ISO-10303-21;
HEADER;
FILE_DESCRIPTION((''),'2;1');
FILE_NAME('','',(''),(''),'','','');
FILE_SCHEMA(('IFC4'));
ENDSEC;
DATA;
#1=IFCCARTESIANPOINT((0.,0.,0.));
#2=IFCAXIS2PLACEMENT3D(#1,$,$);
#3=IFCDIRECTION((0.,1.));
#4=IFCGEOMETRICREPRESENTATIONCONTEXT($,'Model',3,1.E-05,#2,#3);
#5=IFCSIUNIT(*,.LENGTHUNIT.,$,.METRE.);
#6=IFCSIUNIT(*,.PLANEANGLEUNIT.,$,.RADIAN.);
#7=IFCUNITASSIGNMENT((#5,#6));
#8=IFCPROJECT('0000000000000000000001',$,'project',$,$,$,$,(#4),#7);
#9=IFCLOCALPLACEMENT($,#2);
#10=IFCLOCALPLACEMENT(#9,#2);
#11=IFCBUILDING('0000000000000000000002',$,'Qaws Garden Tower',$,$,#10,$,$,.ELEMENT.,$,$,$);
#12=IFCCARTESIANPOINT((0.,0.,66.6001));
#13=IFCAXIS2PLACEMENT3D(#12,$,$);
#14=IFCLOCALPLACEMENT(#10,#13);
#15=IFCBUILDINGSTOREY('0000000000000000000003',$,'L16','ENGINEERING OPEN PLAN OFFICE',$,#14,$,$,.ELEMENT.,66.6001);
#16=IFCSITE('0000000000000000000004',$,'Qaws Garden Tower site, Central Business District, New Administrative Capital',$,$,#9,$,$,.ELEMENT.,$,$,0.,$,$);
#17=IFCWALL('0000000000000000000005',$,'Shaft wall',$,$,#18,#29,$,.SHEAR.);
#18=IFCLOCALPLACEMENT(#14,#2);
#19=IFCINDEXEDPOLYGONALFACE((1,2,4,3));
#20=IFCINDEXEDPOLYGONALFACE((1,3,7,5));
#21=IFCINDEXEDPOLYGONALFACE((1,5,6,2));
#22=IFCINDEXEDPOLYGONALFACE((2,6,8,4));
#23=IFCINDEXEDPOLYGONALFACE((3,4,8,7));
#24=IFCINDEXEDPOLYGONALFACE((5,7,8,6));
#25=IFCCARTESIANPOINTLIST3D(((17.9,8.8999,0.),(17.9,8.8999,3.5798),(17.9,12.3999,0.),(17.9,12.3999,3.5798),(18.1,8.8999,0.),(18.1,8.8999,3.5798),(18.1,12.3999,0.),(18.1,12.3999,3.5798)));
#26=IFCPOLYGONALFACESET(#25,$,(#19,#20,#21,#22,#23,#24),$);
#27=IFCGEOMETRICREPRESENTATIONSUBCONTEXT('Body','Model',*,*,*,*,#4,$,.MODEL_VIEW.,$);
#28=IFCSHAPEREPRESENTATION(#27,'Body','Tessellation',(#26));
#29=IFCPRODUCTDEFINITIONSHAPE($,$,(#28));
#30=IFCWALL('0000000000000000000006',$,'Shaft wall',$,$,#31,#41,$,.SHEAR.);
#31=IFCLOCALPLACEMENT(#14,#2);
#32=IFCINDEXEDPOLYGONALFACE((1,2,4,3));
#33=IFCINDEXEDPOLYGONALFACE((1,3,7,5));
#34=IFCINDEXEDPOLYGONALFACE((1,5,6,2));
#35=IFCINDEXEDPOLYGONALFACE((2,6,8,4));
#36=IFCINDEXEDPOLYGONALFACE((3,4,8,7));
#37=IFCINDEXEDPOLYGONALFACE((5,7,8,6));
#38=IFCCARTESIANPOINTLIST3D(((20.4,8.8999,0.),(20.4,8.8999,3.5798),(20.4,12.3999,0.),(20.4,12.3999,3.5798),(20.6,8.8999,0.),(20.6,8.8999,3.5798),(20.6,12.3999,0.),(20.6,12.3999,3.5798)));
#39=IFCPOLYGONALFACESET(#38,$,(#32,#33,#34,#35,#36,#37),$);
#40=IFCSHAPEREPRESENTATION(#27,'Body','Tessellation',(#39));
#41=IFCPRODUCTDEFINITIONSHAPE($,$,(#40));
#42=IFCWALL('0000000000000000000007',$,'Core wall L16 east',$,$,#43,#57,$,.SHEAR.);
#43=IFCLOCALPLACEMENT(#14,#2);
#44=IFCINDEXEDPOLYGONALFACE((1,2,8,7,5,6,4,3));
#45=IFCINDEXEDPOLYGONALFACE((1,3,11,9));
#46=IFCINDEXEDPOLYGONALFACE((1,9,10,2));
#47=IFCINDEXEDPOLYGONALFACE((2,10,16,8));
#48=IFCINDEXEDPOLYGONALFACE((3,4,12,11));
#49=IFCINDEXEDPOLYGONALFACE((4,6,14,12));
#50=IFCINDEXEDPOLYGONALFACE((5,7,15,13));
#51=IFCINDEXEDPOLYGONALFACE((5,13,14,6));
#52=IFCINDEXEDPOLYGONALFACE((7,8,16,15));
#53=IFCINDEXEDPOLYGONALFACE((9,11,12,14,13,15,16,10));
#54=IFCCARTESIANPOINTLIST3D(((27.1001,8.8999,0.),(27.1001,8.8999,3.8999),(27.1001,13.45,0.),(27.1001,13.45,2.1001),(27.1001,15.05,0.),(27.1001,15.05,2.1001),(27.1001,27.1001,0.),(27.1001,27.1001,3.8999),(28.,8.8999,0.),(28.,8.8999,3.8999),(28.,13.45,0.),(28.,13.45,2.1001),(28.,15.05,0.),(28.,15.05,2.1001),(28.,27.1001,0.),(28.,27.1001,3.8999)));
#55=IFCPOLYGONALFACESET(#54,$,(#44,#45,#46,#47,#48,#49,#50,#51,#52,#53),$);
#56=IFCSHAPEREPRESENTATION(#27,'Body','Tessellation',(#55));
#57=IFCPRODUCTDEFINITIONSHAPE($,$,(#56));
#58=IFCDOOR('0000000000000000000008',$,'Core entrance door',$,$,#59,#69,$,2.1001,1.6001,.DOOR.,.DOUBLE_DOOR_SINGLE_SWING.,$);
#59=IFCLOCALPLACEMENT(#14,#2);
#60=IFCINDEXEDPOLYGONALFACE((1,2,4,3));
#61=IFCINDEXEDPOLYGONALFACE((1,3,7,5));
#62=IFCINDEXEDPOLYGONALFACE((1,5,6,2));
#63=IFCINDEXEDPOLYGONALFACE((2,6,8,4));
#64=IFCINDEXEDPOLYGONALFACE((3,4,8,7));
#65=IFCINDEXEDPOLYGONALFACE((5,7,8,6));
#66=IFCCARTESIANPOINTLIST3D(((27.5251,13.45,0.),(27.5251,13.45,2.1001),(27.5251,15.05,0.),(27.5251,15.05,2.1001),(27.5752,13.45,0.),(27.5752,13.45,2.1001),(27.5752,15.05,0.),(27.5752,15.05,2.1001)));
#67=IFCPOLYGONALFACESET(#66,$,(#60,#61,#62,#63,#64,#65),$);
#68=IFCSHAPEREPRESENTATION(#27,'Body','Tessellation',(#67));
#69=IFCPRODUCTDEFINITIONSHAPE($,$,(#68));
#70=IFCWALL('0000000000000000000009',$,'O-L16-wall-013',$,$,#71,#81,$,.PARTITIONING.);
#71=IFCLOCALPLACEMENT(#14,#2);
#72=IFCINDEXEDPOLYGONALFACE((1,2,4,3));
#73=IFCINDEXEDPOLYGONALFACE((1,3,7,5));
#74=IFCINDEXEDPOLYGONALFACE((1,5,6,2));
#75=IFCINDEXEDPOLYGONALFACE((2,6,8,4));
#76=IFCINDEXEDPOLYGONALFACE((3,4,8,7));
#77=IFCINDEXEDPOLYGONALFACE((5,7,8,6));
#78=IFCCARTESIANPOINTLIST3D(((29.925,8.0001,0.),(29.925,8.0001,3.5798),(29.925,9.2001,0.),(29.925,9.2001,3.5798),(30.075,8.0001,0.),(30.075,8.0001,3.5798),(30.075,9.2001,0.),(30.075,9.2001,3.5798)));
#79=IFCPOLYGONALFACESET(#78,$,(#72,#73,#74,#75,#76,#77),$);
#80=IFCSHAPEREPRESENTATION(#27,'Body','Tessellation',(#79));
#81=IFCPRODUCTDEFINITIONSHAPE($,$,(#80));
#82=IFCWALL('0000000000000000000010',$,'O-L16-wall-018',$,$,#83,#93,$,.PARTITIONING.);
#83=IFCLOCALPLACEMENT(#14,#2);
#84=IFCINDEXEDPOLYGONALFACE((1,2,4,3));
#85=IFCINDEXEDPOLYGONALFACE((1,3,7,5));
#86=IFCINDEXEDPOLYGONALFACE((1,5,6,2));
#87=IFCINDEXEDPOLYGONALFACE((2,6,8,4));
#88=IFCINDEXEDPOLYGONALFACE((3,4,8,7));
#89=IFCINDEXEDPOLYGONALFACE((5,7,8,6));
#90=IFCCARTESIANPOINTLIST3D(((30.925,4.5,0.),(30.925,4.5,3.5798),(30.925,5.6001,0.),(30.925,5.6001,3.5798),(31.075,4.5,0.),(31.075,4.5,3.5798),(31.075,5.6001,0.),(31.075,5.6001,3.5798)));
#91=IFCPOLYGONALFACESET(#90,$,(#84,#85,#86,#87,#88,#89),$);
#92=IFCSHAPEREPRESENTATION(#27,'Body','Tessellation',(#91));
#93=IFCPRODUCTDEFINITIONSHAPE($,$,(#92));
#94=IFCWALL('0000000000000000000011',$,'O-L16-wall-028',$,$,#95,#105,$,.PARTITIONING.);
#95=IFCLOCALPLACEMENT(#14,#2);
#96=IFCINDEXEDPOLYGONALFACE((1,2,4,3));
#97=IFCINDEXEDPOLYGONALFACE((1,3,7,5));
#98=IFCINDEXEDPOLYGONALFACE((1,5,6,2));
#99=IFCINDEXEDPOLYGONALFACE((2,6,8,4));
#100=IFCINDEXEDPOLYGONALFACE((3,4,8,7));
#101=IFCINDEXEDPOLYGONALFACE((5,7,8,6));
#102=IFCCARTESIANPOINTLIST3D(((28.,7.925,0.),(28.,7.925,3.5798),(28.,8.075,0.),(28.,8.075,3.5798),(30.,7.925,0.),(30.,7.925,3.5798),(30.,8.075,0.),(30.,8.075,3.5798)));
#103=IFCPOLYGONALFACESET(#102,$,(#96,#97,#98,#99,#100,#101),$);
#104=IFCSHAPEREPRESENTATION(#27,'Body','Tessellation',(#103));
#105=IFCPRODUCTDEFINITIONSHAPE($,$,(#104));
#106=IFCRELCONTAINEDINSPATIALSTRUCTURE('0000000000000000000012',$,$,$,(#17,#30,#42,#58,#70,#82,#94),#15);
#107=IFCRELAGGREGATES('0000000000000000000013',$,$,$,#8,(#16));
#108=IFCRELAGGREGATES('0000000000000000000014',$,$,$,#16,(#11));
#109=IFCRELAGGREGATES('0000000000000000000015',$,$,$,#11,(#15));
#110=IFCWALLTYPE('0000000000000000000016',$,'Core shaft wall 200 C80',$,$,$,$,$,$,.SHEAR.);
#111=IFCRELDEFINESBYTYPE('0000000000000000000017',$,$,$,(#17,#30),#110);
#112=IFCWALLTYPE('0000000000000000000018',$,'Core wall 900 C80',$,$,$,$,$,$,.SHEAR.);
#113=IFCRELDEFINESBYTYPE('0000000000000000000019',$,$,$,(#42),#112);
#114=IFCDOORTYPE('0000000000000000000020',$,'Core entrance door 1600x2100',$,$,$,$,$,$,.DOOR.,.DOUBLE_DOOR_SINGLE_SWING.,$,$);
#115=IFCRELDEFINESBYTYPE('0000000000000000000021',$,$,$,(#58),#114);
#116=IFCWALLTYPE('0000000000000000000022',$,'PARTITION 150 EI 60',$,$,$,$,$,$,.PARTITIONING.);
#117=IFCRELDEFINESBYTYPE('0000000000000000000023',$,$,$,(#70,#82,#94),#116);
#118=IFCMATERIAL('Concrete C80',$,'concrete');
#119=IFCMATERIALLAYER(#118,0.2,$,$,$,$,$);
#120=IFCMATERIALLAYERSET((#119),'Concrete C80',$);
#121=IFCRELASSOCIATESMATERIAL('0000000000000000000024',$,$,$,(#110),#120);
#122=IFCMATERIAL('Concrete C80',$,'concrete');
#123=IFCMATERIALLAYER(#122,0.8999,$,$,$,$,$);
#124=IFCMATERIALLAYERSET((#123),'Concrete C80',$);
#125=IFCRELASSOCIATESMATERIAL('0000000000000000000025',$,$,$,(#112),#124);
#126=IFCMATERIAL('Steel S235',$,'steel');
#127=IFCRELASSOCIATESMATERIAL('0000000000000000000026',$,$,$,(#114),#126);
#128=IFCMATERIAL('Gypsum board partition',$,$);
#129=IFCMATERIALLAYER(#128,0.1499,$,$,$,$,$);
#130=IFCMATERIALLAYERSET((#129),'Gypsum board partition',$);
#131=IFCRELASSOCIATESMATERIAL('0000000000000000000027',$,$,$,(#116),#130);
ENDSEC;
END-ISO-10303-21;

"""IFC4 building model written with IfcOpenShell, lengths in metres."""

from ifc_helpers import new_model, si_unit, direction, frame, frame_2d, origin, place, context, subcontext, project, spatial, rectangle, extrude, material, layer, layer_set, type_object, element, fill, save


model = new_model("IFC4")

# Units and contexts
model_context = context("Model", 3, precision=1e-05, world=origin(), true_north=direction((0.0, 1.0)))
body_context = subcontext(model_context, "Body", "Model", "MODEL_VIEW")
ifc_project = project(units=[si_unit("LENGTHUNIT", "METRE"), si_unit("PLANEANGLEUNIT", "RADIAN")], contexts=[model_context])

# Site, building, storey
site_placement = place(None, origin())
site = spatial("IfcSite", under=ifc_project, at=site_placement, Name="Qaws Garden Tower site, Central Business District, New Administrative Capital", CompositionType="ELEMENT", RefElevation=0.0)
building_placement = place(site_placement, origin())
building = spatial("IfcBuilding", under=site, at=building_placement, Name="Qaws Garden Tower", CompositionType="ELEMENT")
storey_placement = place(building_placement, frame((0.0, 0.0, 66.6001)))
storey = spatial("IfcBuildingStorey", under=building, at=storey_placement, Name="L16", Description="ENGINEERING OPEN PLAN OFFICE", CompositionType="ELEMENT", Elevation=66.6001)

# Walls
ifc_material_1 = material(Name="Concrete C80", Category="concrete")
ifc_layer_1 = layer(ifc_material_1, 0.2)
ifc_layer_set_1 = layer_set([ifc_layer_1], Name="Concrete C80")
wall_type_1 = type_object("IfcWallType", Name="Core shaft wall 200 C80", PredefinedType="SHEAR", material=ifc_layer_set_1)
for number, where, z_axis, x_axis, name in (
    (1, (18.0, 8.8999, 0.0), (0.0, 0.0, 1.0), (0.0, 1.0, 0.0), "Shaft wall"),
    (2, (20.5, 8.8999, 0.0), (0.0, 0.0, 1.0), (0.0, 1.0, 0.0), "Shaft wall"),
):
    element("IfcWall", number, at=place(storey_placement, frame(where, z_axis=z_axis, x_axis=x_axis)), inside=storey, type_object=wall_type_1, Name=name, PredefinedType="SHEAR", context=body_context, shape_type="SweptSolid", body=[
        extrude(rectangle(XDim=3.5, YDim=0.2, at=frame_2d((1.75, 0.0))), origin(), (0.0, 0.0, 1.0), 3.5798),
    ])

# Wall, opening, door
ifc_material_2 = material(Name="Concrete C80", Category="concrete")
ifc_layer_2 = layer(ifc_material_2, 0.8999)
ifc_layer_set_2 = layer_set([ifc_layer_2], Name="Concrete C80")
wall_type_2 = type_object("IfcWallType", Name="Core wall 900 C80", PredefinedType="SHEAR", material=ifc_layer_set_2)
wall_1_placement = place(storey_placement, frame((27.55, 8.8999, 0.0), z_axis=(0.0, 0.0, 1.0), x_axis=(0.0, 1.0, 0.0)))
wall_1 = element("IfcWall", 3, at=wall_1_placement, inside=storey, type_object=wall_type_2, Name="Core wall L16 east", PredefinedType="SHEAR", context=body_context, shape_type="SweptSolid", body=[
    extrude(rectangle(XDim=18.2002, YDim=0.8999, at=frame_2d((9.1001, 0.0))), origin(), (0.0, 0.0, 1.0), 3.8999),
])
opening_1_placement = place(wall_1_placement, frame((4.55, 0.0, 0.0)))
opening_1 = element("IfcOpeningElement", 4, at=opening_1_placement, cuts=wall_1, PredefinedType="OPENING", context=body_context, shape_type="SweptSolid", body=[
    extrude(rectangle(XDim=1.6001, YDim=2.1001, at=frame_2d((0.8, 1.05))), frame((0.0, 0.46, 0.0), z_axis=(0.0, -1.0, 0.0), x_axis=(1.0, 0.0, 0.0)), (0.0, 0.0, 1.0), 0.9199),
])
ifc_material_3 = material(Name="Steel S235", Category="steel")
door_type = type_object("IfcDoorType", Name="Core entrance door 1600x2100", OperationType="DOUBLE_DOOR_SINGLE_SWING", PredefinedType="DOOR", material=ifc_material_3)
door_placement = place(opening_1_placement, origin())
door = element("IfcDoor", 5, at=door_placement, inside=storey, type_object=door_type, Name="Core entrance door", OperationType="DOUBLE_DOOR_SINGLE_SWING", OverallHeight=2.1001, OverallWidth=1.6001, PredefinedType="DOOR", context=body_context, shape_type="SweptSolid", body=[
    extrude(rectangle(XDim=1.6001, YDim=2.1001, at=frame_2d((0.8, 1.05))), frame((0.0, 0.0249, 0.0), z_axis=(0.0, -1.0, 0.0), x_axis=(1.0, 0.0, 0.0)), (0.0, 0.0, 1.0), 0.05),
])
fill(opening_1, door)

# Walls
ifc_material_4 = material(Name="Gypsum board partition")
ifc_layer_3 = layer(ifc_material_4, 0.1499)
ifc_layer_set_3 = layer_set([ifc_layer_3], Name="Gypsum board partition")
wall_type_3 = type_object("IfcWallType", Name="PARTITION 150 EI 60", PredefinedType="PARTITIONING", material=ifc_layer_set_3)
wall_2_placement = place(storey_placement, frame((30.0, 8.0, 0.0), z_axis=(0.0, 0.0, 1.0), x_axis=(0.0, 1.0, 0.0)))
element("IfcWall", 6, at=wall_2_placement, inside=storey, type_object=wall_type_3, Name="O-L16-wall-013", PredefinedType="PARTITIONING", context=body_context, shape_type="SweptSolid", body=[
    extrude(rectangle(XDim=1.2, YDim=0.1499, at=frame_2d((0.6001, 0.0))), origin(), (0.0, 0.0, 1.0), 3.5798),
])
wall_3_placement = place(storey_placement, frame((31.0, 4.5, 0.0), z_axis=(0.0, 0.0, 1.0), x_axis=(0.0, 1.0, 0.0)))
element("IfcWall", 7, at=wall_3_placement, inside=storey, type_object=wall_type_3, Name="O-L16-wall-018", PredefinedType="PARTITIONING", context=body_context, shape_type="SweptSolid", body=[
    extrude(rectangle(XDim=1.1001, YDim=0.1499, at=frame_2d((0.55, 0.0))), origin(), (0.0, 0.0, 1.0), 3.5798),
])
wall_4_placement = place(storey_placement, frame((28.0, 8.0, 0.0), z_axis=(0.0, 0.0, 1.0), x_axis=(1.0, 0.0, 0.0)))
element("IfcWall", 8, at=wall_4_placement, inside=storey, type_object=wall_type_3, Name="O-L16-wall-028", PredefinedType="PARTITIONING", context=body_context, shape_type="SweptSolid", body=[
    extrude(rectangle(XDim=2.0, YDim=0.1499, at=frame_2d((1.0, 0.0))), origin(), (0.0, 0.0, 1.0), 3.5798),
])

save(model, "model.ifc")
